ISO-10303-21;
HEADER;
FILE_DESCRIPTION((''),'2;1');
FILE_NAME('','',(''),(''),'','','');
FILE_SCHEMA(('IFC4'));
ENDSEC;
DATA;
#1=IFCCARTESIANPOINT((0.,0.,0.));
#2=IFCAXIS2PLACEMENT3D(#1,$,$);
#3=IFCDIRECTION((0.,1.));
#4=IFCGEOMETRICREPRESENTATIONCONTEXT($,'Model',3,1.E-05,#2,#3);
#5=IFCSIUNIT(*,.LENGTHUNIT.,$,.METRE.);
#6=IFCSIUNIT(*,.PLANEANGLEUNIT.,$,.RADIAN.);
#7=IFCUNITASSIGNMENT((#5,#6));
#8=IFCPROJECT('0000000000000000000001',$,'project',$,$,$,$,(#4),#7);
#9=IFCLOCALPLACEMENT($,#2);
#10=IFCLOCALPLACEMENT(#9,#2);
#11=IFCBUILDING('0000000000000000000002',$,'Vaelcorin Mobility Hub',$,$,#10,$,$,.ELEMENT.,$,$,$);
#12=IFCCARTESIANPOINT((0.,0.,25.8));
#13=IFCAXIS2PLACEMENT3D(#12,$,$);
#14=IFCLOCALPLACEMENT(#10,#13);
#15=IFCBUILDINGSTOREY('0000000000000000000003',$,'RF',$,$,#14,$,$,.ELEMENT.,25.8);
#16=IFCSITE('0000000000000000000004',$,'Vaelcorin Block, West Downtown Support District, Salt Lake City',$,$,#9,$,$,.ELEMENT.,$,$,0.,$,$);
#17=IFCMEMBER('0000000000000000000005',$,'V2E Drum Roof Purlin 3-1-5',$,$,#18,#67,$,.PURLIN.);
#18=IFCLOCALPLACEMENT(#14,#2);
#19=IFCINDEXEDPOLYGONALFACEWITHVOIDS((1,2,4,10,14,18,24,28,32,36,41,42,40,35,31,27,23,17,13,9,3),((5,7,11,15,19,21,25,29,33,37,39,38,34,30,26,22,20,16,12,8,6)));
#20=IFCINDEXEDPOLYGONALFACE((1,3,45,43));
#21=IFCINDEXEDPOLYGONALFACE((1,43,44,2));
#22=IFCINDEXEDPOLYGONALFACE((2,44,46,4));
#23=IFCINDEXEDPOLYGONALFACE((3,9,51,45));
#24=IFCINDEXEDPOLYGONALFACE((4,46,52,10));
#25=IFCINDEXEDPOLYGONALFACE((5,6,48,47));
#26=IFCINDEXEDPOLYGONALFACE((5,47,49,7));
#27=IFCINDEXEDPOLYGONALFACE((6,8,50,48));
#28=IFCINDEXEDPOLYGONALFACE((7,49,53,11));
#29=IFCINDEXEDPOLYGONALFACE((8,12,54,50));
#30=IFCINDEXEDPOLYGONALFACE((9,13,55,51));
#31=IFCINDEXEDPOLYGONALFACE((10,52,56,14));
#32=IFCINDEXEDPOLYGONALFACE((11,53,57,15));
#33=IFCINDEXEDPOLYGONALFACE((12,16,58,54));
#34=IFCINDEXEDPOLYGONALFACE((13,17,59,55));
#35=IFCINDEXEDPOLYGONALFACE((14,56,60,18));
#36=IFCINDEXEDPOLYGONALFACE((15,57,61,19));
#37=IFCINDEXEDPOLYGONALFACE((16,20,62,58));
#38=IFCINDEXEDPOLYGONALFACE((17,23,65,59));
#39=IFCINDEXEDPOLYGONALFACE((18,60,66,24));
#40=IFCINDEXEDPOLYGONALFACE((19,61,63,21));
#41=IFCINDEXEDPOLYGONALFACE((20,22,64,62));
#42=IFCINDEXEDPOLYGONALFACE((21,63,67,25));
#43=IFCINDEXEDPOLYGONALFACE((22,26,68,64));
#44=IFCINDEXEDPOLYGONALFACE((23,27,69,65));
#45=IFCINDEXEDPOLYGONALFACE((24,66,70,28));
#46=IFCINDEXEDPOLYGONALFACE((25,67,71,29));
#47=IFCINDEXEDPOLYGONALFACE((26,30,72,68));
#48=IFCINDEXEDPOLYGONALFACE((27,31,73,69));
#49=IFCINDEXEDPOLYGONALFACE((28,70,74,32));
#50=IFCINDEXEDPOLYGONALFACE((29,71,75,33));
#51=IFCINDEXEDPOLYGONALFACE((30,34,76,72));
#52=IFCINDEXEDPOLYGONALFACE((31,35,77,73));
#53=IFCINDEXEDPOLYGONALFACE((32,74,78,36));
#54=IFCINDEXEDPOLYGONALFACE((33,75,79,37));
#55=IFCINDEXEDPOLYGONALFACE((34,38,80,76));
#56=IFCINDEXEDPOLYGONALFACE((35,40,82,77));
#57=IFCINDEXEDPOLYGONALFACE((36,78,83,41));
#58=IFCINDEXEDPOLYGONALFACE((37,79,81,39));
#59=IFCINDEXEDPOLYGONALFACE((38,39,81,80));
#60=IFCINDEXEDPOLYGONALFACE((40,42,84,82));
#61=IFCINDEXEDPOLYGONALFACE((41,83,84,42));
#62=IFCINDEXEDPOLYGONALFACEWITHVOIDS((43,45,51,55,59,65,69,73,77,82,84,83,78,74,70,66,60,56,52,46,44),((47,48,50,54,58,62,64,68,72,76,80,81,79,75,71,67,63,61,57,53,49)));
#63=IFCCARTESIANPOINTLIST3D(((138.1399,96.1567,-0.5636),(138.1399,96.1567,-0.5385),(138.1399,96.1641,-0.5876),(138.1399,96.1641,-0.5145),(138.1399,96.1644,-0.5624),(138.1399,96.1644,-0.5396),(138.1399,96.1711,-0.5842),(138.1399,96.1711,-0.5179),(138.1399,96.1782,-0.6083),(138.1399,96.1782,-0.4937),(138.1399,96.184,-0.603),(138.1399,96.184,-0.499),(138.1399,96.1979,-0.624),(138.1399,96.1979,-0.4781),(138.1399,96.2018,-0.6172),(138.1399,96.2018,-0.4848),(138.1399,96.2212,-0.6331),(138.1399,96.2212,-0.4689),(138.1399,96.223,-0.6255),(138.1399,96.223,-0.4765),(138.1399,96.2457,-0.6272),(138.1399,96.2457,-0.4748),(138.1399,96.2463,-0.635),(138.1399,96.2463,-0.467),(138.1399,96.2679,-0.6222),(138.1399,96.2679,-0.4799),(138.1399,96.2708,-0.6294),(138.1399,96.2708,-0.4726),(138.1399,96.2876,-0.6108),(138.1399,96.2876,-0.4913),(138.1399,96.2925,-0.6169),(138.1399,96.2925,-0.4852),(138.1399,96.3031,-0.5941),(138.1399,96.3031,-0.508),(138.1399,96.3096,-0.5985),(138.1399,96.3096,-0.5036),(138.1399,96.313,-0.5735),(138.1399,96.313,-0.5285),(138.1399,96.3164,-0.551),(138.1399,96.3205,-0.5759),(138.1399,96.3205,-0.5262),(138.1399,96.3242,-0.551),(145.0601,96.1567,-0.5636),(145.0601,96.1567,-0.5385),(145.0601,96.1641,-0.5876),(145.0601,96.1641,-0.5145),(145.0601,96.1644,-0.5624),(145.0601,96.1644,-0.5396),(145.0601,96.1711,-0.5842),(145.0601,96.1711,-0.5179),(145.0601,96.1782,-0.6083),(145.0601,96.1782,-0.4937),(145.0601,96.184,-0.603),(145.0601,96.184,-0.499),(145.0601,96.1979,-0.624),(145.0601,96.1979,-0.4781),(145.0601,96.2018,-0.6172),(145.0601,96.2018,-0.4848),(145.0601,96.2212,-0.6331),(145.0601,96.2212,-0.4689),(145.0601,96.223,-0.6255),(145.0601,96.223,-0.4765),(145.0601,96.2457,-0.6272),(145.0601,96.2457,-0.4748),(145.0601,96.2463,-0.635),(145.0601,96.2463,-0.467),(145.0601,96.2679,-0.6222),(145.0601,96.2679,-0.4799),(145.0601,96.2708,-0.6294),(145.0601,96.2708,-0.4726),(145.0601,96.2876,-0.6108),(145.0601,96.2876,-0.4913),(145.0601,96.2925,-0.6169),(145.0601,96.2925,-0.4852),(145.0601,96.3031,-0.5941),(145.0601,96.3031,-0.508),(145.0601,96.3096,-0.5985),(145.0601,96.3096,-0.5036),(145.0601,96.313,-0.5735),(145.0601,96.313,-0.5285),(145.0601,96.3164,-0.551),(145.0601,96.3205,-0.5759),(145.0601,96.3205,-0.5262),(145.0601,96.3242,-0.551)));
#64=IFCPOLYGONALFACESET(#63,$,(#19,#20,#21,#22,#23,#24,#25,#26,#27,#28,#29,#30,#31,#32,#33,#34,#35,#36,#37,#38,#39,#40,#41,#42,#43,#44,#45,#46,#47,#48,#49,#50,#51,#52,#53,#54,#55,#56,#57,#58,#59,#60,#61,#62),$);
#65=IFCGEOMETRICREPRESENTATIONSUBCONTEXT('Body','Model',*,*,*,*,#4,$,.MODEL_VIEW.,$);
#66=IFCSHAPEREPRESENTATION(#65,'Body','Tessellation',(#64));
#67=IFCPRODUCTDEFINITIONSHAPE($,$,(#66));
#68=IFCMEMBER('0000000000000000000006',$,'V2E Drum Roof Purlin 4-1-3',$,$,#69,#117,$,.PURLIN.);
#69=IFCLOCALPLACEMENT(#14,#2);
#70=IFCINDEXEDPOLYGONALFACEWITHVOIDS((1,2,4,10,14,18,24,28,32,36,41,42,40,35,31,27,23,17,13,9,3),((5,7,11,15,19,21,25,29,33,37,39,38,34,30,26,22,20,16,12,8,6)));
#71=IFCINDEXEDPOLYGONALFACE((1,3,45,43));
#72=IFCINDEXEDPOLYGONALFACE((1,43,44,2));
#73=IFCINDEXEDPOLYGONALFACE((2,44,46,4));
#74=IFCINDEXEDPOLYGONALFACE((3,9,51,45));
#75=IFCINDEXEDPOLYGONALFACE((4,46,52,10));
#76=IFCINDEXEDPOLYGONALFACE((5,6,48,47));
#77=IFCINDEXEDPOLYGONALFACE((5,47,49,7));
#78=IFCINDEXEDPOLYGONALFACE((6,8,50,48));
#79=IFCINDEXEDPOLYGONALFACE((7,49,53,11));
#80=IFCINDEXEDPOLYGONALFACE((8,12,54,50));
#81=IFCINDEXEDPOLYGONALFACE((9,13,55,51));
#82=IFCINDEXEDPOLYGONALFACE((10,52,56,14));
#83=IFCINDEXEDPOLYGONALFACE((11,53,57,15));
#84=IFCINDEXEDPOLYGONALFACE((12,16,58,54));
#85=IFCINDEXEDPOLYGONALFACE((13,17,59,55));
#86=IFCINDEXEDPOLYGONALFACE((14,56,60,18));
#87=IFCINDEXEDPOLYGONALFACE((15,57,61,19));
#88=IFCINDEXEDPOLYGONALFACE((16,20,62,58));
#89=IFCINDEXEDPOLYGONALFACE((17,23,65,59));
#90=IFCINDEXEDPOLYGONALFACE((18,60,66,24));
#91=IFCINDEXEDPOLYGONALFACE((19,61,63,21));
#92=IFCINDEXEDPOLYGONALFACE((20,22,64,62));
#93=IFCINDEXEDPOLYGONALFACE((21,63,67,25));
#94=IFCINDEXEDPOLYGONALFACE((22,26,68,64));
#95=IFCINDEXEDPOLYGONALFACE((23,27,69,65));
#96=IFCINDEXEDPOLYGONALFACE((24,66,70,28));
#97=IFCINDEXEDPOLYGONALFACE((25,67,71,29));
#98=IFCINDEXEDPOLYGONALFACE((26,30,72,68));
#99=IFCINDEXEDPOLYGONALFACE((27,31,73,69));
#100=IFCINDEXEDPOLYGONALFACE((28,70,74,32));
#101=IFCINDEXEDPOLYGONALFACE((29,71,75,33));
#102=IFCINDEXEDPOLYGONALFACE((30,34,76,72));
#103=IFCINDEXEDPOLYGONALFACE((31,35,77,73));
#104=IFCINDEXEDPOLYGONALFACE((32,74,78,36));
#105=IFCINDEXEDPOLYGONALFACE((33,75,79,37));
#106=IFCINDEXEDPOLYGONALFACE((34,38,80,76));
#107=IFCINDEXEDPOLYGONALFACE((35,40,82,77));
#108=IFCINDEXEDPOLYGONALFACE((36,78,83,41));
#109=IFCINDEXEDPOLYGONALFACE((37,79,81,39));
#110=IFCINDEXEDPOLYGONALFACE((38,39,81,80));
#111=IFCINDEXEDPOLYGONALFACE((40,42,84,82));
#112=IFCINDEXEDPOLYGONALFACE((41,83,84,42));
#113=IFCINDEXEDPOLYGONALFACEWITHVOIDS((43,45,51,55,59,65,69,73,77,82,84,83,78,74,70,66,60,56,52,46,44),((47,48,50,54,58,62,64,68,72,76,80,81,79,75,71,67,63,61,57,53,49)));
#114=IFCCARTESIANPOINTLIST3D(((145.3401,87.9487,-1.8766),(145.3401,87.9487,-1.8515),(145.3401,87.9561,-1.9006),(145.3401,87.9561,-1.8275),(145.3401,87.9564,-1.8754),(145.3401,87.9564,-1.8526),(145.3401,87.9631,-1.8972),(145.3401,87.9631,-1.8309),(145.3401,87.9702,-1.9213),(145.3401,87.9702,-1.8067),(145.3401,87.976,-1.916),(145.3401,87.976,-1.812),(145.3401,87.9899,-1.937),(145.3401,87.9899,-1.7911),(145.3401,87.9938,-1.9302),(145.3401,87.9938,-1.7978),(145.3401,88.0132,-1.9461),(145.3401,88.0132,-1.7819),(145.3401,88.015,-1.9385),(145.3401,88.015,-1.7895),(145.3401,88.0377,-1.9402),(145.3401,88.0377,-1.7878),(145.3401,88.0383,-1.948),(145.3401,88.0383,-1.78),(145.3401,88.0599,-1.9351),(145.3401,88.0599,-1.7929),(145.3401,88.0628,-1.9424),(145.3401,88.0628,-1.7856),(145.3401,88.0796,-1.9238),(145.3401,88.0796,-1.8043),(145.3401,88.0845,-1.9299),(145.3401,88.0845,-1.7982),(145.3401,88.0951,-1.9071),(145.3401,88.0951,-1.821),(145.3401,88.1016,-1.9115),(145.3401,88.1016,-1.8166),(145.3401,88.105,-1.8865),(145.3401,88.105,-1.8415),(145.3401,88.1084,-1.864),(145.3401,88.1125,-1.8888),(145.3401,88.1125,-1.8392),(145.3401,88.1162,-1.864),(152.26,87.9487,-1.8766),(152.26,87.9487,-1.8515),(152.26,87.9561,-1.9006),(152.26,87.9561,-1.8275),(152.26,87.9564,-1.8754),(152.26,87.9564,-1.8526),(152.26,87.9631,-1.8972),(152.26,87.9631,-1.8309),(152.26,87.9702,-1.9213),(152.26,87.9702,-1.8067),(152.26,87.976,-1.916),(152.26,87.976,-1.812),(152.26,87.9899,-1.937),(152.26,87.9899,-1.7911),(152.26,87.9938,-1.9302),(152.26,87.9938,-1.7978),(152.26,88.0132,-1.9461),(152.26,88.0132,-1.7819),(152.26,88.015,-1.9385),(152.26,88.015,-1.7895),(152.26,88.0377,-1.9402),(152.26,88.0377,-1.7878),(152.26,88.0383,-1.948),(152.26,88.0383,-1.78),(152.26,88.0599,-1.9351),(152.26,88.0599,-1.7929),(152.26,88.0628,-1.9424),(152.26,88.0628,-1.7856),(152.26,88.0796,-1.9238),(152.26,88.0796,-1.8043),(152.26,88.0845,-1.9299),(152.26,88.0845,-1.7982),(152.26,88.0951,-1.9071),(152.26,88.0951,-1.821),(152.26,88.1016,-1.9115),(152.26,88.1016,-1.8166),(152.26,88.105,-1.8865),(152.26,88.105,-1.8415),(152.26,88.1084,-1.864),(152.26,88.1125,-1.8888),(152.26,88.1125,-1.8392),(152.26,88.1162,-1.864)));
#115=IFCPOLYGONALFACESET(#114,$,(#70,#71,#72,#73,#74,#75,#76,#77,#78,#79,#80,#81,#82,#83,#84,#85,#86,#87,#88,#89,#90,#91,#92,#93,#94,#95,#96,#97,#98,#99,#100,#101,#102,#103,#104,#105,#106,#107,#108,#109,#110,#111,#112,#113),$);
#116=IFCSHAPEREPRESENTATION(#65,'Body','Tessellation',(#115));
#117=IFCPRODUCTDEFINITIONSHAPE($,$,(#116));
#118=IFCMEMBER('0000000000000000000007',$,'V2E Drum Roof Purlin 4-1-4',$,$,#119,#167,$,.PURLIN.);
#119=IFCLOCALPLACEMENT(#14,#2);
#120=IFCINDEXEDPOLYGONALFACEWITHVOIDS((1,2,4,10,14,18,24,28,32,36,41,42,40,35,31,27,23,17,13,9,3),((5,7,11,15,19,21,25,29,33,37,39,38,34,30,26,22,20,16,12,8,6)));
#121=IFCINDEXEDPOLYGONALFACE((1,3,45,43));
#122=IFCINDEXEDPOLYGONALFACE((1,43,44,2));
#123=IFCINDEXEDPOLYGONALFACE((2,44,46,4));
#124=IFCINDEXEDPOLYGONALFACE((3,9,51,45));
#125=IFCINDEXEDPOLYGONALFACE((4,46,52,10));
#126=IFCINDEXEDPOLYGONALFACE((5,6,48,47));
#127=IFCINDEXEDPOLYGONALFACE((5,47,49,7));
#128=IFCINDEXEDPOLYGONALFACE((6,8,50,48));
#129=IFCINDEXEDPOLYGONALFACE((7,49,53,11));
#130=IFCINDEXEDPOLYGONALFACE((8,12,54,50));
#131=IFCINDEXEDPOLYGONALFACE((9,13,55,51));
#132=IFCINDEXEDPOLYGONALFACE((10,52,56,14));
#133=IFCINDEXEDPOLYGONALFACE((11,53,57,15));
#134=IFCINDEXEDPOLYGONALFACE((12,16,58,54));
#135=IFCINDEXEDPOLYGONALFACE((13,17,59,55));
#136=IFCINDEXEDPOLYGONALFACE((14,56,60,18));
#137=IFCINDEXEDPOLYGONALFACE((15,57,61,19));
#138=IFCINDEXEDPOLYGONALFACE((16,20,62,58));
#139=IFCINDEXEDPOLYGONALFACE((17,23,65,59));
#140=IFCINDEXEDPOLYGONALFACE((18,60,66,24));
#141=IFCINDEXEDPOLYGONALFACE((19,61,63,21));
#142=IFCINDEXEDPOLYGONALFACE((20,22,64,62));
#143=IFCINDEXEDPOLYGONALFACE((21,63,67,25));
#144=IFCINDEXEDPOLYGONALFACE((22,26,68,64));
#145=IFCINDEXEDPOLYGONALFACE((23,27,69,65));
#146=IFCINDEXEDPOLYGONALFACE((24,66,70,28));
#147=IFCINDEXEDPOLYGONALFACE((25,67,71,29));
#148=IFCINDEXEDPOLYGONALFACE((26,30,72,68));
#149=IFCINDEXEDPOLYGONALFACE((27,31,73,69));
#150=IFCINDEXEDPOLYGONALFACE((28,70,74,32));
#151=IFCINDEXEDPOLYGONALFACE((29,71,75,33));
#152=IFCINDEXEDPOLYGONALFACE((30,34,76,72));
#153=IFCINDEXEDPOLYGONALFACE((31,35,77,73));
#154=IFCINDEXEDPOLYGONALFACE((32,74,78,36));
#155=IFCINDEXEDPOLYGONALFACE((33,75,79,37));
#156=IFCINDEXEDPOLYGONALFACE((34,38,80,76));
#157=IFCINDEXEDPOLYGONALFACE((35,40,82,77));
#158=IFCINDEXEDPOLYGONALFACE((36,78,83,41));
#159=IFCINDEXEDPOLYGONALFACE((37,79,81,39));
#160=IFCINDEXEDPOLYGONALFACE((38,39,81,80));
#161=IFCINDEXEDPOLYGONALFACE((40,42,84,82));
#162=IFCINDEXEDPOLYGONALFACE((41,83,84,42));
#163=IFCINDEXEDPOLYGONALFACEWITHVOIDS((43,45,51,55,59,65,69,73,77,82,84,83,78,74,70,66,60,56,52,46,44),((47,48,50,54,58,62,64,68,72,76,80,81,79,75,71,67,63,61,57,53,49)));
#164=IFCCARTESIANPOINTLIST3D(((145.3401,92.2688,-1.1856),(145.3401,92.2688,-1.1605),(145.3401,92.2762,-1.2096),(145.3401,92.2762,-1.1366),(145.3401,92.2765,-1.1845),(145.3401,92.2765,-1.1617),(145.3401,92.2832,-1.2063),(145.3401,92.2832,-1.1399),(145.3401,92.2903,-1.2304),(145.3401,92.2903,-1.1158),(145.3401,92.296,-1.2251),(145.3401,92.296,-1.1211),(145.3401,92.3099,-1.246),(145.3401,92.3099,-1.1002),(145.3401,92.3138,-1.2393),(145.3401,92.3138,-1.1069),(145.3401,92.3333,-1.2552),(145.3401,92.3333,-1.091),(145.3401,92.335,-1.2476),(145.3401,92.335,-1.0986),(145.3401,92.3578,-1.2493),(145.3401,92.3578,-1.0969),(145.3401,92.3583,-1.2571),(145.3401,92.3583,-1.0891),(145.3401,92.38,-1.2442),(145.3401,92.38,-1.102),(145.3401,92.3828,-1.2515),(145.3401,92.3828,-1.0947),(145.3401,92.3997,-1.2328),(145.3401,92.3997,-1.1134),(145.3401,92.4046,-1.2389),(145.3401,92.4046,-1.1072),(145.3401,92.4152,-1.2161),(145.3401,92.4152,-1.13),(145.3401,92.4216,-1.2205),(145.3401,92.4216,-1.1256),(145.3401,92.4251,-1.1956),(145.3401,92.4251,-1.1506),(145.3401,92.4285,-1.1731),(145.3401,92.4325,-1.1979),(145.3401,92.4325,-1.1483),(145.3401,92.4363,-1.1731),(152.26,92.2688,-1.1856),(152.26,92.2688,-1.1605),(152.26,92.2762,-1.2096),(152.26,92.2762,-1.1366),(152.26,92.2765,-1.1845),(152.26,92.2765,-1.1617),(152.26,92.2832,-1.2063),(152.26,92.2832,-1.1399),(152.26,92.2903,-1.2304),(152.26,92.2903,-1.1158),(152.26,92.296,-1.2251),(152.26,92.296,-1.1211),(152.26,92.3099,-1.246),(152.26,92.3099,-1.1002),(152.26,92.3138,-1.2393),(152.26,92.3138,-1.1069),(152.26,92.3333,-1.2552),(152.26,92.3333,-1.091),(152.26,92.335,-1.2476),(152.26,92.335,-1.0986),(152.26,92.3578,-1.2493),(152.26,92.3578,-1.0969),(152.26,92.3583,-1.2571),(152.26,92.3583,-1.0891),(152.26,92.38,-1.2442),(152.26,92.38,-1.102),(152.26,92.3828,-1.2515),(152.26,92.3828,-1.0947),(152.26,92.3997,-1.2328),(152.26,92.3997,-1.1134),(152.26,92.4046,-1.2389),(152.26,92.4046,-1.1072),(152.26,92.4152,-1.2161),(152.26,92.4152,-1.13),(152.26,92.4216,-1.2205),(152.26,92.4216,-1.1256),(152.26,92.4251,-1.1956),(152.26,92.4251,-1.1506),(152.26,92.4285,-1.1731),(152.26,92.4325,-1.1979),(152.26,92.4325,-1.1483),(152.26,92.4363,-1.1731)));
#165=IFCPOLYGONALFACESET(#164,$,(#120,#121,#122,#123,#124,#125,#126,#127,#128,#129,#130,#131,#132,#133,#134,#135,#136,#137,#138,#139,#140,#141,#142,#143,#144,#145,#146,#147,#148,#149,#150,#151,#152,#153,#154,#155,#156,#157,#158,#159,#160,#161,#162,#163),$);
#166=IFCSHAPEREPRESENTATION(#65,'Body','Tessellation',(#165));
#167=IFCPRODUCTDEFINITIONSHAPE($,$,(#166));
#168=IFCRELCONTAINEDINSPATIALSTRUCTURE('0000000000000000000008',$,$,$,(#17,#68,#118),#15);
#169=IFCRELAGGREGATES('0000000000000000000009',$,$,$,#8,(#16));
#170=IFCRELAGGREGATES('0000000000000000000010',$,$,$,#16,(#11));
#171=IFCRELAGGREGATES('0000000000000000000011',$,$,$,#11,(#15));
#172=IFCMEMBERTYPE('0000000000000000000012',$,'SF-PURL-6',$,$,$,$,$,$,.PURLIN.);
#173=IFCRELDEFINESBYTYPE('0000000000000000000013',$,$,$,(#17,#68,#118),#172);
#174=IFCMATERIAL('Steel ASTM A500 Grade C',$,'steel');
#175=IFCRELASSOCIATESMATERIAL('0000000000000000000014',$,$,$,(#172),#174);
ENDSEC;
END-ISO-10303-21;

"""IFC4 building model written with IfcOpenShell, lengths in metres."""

from ifc_helpers import new_model, si_unit, direction, frame, origin, origin_2d, place, context, subcontext, project, spatial, hollow_circle, extrude, material, material_profile, profile_set, type_object, element, save


model = new_model("IFC4")

# Units and contexts
model_context = context("Model", 3, precision=1e-05, world=origin(), true_north=direction((0.0, 1.0)))
body_context = subcontext(model_context, "Body", "Model", "MODEL_VIEW")
ifc_project = project(units=[si_unit("LENGTHUNIT", "METRE"), si_unit("PLANEANGLEUNIT", "RADIAN")], contexts=[model_context])

# Site, building, storey
site_placement = place(None, origin())
site = spatial("IfcSite", under=ifc_project, at=site_placement, Name="Vaelcorin Block, West Downtown Support District, Salt Lake City", CompositionType="ELEMENT", RefElevation=0.0)
building_placement = place(site_placement, origin())
building = spatial("IfcBuilding", under=site, at=building_placement, Name="Vaelcorin Mobility Hub", CompositionType="ELEMENT")
storey_placement = place(building_placement, frame((0.0, 0.0, 25.8)))
storey = spatial("IfcBuildingStorey", under=building, at=storey_placement, Name="RF", CompositionType="ELEMENT", Elevation=25.8)

# Members
ifc_material_1 = material(Name="Steel ASTM A500 Grade C", Category="steel")
ifc_material_profile_1 = material_profile(ifc_material_1, hollow_circle(Radius=0.0842, WallThickness=0.0078, at=origin_2d()), Name="HSS6.625X0.312")
ifc_profile_set_1 = profile_set([ifc_material_profile_1], Name="Steel ASTM A500 Grade C")
member_type_1 = type_object("IfcMemberType", Name="SF-PURL-6", PredefinedType="PURLIN", material=ifc_profile_set_1)
for number, where, z_axis, x_axis, name in (
    (1, (138.1399, 96.24, -0.551), (1.0, 0.0, 0.0), (0.0, 1.0, 0.0), "V2E Drum Roof Purlin 3-1-5"),
):
    element("IfcMember", number, at=place(storey_placement, frame(where, z_axis=z_axis, x_axis=x_axis)), inside=storey, type_object=member_type_1, Name=name, PredefinedType="PURLIN", context=body_context, shape_type="SweptSolid", body=[
        extrude(hollow_circle(Radius=0.0842, WallThickness=0.0078, at=origin_2d()), origin(), (0.0, 0.0, 1.0), 6.9202),
    ])
for number, where, z_axis, x_axis, name in (
    (2, (145.3401, 88.032, -1.864), (1.0, 0.0, 0.0), (0.0, 1.0, 0.0), "V2E Drum Roof Purlin 4-1-3"),
    (3, (145.3401, 92.3521, -1.1731), (1.0, 0.0, 0.0), (0.0, 1.0, 0.0), "V2E Drum Roof Purlin 4-1-4"),
):
    element("IfcMember", number, at=place(storey_placement, frame(where, z_axis=z_axis, x_axis=x_axis)), inside=storey, type_object=member_type_1, Name=name, PredefinedType="PURLIN", context=body_context, shape_type="SweptSolid", body=[
        extrude(hollow_circle(Radius=0.0842, WallThickness=0.0078, at=origin_2d()), origin(), (0.0, 0.0, 1.0), 6.9199),
    ])

save(model, "model.ifc")
